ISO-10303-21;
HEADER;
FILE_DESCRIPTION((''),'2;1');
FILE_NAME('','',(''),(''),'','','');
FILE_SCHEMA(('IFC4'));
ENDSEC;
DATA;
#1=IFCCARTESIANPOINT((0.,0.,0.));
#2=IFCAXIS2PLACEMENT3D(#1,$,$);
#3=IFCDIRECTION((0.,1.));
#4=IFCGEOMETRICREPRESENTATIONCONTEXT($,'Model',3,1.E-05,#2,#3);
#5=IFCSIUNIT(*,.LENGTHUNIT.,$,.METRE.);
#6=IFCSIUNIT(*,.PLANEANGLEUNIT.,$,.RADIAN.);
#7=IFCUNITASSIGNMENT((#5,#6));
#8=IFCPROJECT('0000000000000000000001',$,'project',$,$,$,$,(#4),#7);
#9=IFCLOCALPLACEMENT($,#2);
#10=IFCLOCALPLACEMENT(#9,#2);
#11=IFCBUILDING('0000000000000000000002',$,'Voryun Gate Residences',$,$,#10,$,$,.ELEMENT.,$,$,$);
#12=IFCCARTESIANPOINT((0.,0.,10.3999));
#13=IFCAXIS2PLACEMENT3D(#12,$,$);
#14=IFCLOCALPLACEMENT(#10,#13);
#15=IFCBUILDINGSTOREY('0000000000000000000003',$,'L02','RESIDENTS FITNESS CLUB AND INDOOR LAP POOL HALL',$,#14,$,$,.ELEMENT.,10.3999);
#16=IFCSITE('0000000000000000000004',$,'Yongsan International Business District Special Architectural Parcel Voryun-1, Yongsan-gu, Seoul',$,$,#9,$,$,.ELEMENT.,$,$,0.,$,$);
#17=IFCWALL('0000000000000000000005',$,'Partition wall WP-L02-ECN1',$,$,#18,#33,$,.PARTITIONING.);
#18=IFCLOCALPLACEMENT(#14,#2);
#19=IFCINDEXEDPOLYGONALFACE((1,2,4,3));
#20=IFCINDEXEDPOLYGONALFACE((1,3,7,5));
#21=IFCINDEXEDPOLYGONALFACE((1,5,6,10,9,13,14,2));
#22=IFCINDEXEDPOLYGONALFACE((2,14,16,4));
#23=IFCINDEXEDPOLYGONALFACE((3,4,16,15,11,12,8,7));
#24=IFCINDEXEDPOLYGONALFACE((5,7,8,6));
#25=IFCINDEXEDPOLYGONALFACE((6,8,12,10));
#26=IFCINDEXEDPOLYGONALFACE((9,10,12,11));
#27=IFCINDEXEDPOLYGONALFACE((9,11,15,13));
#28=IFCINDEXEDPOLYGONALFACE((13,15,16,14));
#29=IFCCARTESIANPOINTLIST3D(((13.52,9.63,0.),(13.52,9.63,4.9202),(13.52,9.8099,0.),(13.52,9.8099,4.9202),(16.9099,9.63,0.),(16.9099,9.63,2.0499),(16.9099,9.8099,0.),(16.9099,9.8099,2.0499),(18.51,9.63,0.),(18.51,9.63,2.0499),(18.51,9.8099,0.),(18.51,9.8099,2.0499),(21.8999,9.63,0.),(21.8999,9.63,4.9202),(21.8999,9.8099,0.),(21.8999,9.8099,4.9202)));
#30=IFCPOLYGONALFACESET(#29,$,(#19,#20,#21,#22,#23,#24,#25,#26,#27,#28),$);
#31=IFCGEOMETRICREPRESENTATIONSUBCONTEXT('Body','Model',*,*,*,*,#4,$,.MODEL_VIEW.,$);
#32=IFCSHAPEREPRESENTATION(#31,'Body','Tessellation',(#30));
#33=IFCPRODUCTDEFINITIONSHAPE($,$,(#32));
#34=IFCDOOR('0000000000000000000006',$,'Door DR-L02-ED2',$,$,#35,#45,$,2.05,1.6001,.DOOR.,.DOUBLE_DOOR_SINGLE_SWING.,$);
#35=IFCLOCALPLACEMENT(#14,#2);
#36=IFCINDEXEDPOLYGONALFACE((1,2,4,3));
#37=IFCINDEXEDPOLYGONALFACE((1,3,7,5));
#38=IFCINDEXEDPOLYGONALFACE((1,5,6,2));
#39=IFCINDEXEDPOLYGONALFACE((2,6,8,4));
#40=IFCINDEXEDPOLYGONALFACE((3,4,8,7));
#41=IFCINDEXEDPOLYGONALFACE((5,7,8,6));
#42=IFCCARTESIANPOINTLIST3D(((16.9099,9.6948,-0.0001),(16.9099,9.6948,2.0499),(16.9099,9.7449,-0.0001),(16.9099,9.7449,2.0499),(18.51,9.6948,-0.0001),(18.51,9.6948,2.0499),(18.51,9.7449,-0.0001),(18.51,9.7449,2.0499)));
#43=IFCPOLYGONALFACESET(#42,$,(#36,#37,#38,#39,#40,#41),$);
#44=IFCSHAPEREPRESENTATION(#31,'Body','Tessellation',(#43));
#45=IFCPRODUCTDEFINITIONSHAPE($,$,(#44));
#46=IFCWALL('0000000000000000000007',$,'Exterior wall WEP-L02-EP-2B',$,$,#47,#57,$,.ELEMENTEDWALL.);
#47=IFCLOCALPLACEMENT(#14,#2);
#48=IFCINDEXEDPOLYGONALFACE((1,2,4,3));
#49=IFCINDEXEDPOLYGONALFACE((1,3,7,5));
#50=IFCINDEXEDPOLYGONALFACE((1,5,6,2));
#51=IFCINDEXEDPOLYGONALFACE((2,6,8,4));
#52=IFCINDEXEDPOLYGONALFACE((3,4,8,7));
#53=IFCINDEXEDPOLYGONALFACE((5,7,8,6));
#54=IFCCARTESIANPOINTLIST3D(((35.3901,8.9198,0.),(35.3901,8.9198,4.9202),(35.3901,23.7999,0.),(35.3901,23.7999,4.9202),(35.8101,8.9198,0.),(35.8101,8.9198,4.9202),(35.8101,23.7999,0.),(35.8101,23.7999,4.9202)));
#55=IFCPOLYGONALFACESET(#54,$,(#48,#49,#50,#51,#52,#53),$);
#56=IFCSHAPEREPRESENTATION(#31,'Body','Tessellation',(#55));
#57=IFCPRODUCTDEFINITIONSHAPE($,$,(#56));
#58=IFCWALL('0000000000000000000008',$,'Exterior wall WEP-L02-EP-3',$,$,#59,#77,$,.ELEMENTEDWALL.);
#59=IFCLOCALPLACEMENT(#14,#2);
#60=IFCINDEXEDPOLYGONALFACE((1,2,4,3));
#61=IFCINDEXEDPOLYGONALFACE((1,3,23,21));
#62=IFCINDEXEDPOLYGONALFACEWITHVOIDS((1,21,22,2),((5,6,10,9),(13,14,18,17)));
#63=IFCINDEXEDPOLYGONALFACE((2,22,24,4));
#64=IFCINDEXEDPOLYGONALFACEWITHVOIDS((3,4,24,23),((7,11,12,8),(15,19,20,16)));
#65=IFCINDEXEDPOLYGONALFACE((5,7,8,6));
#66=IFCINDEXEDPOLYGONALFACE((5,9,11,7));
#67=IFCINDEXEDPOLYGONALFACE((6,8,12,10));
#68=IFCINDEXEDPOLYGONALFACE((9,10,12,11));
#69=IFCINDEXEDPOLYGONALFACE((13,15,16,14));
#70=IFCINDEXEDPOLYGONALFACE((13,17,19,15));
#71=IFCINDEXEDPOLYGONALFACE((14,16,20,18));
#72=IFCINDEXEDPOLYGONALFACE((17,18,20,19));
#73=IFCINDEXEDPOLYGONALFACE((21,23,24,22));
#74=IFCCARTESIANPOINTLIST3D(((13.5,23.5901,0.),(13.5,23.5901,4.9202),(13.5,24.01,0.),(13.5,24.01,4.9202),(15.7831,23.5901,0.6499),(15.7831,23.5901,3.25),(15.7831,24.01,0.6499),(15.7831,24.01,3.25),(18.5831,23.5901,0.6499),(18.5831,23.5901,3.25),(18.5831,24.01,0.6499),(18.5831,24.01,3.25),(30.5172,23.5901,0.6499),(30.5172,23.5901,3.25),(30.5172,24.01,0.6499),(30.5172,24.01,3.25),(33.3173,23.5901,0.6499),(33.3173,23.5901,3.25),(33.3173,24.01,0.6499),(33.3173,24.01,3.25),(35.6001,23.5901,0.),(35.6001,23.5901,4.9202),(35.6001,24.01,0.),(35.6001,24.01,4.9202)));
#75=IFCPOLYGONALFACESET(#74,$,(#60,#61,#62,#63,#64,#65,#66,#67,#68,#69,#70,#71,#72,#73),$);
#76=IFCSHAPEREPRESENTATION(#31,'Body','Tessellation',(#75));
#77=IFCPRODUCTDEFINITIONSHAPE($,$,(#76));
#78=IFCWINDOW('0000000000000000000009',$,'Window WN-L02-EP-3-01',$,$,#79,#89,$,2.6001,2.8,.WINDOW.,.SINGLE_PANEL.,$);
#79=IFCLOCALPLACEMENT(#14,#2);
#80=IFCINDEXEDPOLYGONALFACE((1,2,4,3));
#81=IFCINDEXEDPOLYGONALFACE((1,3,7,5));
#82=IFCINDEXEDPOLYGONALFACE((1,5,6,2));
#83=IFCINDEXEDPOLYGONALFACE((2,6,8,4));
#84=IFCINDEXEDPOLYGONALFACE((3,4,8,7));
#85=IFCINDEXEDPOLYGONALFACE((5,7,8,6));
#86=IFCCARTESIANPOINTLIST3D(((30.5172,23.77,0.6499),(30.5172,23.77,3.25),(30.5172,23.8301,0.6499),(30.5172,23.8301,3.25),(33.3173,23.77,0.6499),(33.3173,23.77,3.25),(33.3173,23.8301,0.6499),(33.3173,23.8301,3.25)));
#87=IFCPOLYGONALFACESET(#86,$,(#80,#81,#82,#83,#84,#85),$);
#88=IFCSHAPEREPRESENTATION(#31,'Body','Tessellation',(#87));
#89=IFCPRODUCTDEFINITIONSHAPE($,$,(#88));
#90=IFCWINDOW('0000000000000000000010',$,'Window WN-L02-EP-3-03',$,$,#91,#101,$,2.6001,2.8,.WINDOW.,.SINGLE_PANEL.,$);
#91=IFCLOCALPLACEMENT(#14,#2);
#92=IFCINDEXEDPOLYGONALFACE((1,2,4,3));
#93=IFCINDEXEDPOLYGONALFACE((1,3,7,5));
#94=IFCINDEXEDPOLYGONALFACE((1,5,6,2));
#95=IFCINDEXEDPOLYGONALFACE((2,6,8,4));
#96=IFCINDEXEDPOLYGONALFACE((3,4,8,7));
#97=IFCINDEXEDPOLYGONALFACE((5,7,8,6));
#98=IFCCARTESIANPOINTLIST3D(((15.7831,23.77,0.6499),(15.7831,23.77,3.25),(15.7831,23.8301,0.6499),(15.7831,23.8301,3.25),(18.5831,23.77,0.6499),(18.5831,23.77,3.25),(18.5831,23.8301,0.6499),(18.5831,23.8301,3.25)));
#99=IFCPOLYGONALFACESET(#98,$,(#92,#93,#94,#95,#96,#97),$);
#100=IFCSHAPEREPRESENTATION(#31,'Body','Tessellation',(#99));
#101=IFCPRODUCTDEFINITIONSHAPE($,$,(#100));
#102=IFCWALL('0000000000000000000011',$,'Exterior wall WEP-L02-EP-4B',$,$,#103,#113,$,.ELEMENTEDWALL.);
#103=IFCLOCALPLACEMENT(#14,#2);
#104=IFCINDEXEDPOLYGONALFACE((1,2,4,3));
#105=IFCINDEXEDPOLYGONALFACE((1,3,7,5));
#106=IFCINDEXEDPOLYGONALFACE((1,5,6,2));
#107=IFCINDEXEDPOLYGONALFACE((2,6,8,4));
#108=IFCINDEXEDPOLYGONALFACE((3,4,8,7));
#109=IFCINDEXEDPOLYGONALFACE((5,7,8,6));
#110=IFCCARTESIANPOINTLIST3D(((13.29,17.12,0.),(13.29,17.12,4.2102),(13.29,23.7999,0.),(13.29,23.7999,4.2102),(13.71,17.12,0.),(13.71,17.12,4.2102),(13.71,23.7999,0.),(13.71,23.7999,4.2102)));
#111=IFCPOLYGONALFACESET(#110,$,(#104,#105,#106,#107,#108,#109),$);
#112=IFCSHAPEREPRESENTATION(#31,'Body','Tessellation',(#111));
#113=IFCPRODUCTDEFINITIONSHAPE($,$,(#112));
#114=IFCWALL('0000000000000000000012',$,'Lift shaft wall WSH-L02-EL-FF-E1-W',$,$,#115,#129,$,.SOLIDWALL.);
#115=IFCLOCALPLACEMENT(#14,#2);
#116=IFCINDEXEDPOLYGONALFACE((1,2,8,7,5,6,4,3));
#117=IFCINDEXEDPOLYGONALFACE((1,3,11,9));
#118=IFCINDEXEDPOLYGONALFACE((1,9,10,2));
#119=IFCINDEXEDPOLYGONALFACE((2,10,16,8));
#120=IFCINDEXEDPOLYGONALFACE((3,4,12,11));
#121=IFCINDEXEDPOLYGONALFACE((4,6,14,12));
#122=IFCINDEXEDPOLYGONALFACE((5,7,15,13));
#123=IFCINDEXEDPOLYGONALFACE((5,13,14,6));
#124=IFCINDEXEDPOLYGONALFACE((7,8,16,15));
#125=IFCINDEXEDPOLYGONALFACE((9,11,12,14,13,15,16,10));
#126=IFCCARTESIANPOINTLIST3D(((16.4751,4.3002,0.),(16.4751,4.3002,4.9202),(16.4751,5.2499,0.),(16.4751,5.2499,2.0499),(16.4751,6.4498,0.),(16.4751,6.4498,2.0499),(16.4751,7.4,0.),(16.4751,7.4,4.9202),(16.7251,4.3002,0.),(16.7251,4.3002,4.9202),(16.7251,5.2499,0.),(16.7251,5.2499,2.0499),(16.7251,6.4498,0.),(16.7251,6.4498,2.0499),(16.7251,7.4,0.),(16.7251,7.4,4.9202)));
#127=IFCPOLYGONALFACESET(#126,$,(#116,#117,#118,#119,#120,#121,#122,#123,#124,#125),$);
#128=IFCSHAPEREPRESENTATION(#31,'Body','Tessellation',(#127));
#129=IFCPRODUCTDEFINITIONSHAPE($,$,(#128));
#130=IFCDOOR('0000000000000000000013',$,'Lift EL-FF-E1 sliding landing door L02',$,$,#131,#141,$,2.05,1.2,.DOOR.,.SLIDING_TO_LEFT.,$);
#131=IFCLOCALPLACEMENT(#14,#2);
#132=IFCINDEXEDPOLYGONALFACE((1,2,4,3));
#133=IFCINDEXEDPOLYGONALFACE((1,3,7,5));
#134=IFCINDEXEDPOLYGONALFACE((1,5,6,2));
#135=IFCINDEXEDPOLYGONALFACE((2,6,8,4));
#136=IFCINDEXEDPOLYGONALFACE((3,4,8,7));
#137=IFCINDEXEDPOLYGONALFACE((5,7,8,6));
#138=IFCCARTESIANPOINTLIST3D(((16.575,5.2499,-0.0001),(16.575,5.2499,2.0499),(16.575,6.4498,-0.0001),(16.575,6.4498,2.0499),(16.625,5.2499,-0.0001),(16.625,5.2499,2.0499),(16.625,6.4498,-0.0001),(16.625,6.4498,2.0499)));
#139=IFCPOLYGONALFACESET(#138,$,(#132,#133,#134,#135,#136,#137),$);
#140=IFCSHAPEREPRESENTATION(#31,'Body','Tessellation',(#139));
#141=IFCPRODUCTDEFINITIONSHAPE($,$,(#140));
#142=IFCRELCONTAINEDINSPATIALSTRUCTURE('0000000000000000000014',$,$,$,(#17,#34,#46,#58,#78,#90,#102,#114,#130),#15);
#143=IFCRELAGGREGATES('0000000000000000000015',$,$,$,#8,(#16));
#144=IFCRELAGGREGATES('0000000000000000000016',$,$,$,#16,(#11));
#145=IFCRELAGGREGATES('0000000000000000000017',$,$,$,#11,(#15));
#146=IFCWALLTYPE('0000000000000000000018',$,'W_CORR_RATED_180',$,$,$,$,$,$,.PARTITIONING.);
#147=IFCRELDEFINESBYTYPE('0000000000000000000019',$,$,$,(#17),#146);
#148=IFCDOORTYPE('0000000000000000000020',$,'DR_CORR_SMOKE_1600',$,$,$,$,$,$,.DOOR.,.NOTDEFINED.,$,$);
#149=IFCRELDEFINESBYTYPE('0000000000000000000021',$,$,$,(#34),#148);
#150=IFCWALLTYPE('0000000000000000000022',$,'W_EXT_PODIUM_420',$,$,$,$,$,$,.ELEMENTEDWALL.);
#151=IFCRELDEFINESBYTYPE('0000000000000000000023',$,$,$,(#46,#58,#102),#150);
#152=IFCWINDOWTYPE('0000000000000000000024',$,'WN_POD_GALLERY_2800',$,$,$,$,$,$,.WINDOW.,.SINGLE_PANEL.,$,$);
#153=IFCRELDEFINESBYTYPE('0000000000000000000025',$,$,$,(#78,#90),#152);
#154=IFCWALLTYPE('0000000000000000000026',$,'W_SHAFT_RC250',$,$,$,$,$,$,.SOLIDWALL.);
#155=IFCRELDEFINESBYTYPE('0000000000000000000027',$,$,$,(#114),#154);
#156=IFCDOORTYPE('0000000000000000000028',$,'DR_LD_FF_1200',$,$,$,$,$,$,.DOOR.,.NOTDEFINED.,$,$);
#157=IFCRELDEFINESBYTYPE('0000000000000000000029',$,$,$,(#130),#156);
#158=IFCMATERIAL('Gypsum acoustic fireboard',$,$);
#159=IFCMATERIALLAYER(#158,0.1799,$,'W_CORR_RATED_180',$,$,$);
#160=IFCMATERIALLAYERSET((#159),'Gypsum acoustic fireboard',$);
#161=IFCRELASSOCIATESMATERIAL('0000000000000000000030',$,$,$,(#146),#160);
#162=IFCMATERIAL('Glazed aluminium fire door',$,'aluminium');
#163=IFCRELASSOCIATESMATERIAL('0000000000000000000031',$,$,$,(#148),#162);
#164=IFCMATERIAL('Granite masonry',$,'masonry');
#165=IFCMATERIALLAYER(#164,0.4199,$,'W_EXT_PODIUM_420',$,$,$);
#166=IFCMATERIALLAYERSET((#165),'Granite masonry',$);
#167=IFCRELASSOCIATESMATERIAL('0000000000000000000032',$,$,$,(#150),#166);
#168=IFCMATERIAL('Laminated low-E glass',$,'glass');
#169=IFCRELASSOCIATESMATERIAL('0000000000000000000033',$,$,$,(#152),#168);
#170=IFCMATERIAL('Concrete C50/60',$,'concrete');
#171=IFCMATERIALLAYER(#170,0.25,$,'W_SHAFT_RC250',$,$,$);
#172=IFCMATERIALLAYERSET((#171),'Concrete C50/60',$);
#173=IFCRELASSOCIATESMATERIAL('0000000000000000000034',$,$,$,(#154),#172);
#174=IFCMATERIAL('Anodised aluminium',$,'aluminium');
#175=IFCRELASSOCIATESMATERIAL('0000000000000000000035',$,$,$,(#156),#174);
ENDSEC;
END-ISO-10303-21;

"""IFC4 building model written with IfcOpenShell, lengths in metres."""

from ifc_helpers import new_model, si_unit, direction, frame, frame_2d, origin, place, context, subcontext, project, spatial, rectangle, extrude, material, layer, layer_set, type_object, element, fill, save


model = new_model("IFC4")

# Units and contexts
model_context = context("Model", 3, precision=1e-05, world=origin(), true_north=direction((0.0, 1.0)))
body_context = subcontext(model_context, "Body", "Model", "MODEL_VIEW")
ifc_project = project(units=[si_unit("LENGTHUNIT", "METRE"), si_unit("PLANEANGLEUNIT", "RADIAN")], contexts=[model_context])

# Site, building, storey
site_placement = place(None, origin())
site = spatial("IfcSite", under=ifc_project, at=site_placement, Name="Yongsan International Business District Special Architectural Parcel Voryun-1, Yongsan-gu, Seoul", CompositionType="ELEMENT", RefElevation=0.0)
building_placement = place(site_placement, origin())
building = spatial("IfcBuilding", under=site, at=building_placement, Name="Voryun Gate Residences", CompositionType="ELEMENT")
storey_placement = place(building_placement, frame((0.0, 0.0, 10.3999)))
storey = spatial("IfcBuildingStorey", under=building, at=storey_placement, Name="L02", Description="RESIDENTS FITNESS CLUB AND INDOOR LAP POOL HALL", CompositionType="ELEMENT", Elevation=10.3999)

# Wall, opening, door
ifc_material_1 = material(Name="Gypsum acoustic fireboard")
ifc_layer_1 = layer(ifc_material_1, 0.1799, Name="W_CORR_RATED_180")
ifc_layer_set_1 = layer_set([ifc_layer_1], Name="Gypsum acoustic fireboard")
wall_type_1 = type_object("IfcWallType", Name="W_CORR_RATED_180", PredefinedType="PARTITIONING", material=ifc_layer_set_1)
wall_1_placement = place(storey_placement, frame((13.52, 9.72, 0.0), z_axis=(0.0, 0.0, 1.0), x_axis=(1.0, 0.0, 0.0)))
wall_1 = element("IfcWall", 1, at=wall_1_placement, inside=storey, type_object=wall_type_1, Name="Partition wall WP-L02-ECN1", PredefinedType="PARTITIONING", context=body_context, shape_type="SweptSolid", body=[
    extrude(rectangle(XDim=8.3799, YDim=0.1799, at=frame_2d((4.1899, 0.0))), origin(), (0.0, 0.0, 1.0), 4.9202),
])
opening_1_placement = place(wall_1_placement, frame((3.3899, 0.0, 0.0)))
opening_1 = element("IfcOpeningElement", 2, at=opening_1_placement, cuts=wall_1, PredefinedType="OPENING", context=body_context, shape_type="SweptSolid", body=[
    extrude(rectangle(XDim=1.6001, YDim=2.05, at=frame_2d((0.8, 1.0249))), frame((0.0, 0.0999, 0.0), z_axis=(0.0, -1.0, 0.0), x_axis=(1.0, 0.0, 0.0)), (0.0, 0.0, 1.0), 0.2),
])
ifc_material_2 = material(Name="Glazed aluminium fire door", Category="aluminium")
door_type_1 = type_object("IfcDoorType", Name="DR_CORR_SMOKE_1600", OperationType="NOTDEFINED", PredefinedType="DOOR", material=ifc_material_2)
door_1_placement = place(opening_1_placement, origin())
door_1 = element("IfcDoor", 3, at=door_1_placement, inside=storey, type_object=door_type_1, Name="Door DR-L02-ED2", OperationType="DOUBLE_DOOR_SINGLE_SWING", OverallHeight=2.05, OverallWidth=1.6001, PredefinedType="DOOR", context=body_context, shape_type="SweptSolid", body=[
    extrude(rectangle(XDim=1.6001, YDim=2.05, at=frame_2d((0.8, 1.0249))), frame((0.0, 0.0249, 0.0), z_axis=(0.0, -1.0, 0.0), x_axis=(1.0, 0.0, 0.0)), (0.0, 0.0, 1.0), 0.05),
])
fill(opening_1, door_1)

# Wall
ifc_material_3 = material(Name="Granite masonry", Category="masonry")
ifc_layer_2 = layer(ifc_material_3, 0.4199, Name="W_EXT_PODIUM_420")
ifc_layer_set_2 = layer_set([ifc_layer_2], Name="Granite masonry")
wall_type_2 = type_object("IfcWallType", Name="W_EXT_PODIUM_420", PredefinedType="ELEMENTEDWALL", material=ifc_layer_set_2)
wall_2_placement = place(storey_placement, frame((35.6001, 8.9199, 0.0), z_axis=(0.0, 0.0, 1.0), x_axis=(0.0, 1.0, 0.0)))
element("IfcWall", 4, at=wall_2_placement, inside=storey, type_object=wall_type_2, Name="Exterior wall WEP-L02-EP-2B", PredefinedType="ELEMENTEDWALL", context=body_context, shape_type="SweptSolid", body=[
    extrude(rectangle(XDim=14.8801, YDim=0.4199, at=frame_2d((7.4399, 0.0))), origin(), (0.0, 0.0, 1.0), 4.9202),
])

# Wall, openings, windows
wall_3_placement = place(storey_placement, frame((35.6001, 23.8, 0.0), z_axis=(0.0, 0.0, 1.0), x_axis=(-1.0, 0.0, 0.0)))
wall_3 = element("IfcWall", 5, at=wall_3_placement, inside=storey, type_object=wall_type_2, Name="Exterior wall WEP-L02-EP-3", PredefinedType="ELEMENTEDWALL", context=body_context, shape_type="SweptSolid", body=[
    extrude(rectangle(XDim=22.1001, YDim=0.4199, at=frame_2d((11.05, 0.0))), origin(), (0.0, 0.0, 1.0), 4.9202),
])
opening_2_placement = place(wall_3_placement, frame((2.283, 0.0, 0.6499)))
opening_2 = element("IfcOpeningElement", 6, at=opening_2_placement, cuts=wall_3, PredefinedType="OPENING", context=body_context, shape_type="SweptSolid", body=[
    extrude(rectangle(XDim=2.8, YDim=2.6001, at=frame_2d((1.3999, 1.3))), frame((0.0, 0.22, 0.0), z_axis=(0.0, -1.0, 0.0), x_axis=(1.0, 0.0, 0.0)), (0.0, 0.0, 1.0), 0.4399),
])
opening_3_placement = place(wall_3_placement, frame((17.0171, 0.0, 0.6499)))
opening_3 = element("IfcOpeningElement", 7, at=opening_3_placement, cuts=wall_3, PredefinedType="OPENING", context=body_context, shape_type="SweptSolid", body=[
    extrude(rectangle(XDim=2.8, YDim=2.6001, at=frame_2d((1.3999, 1.3))), frame((0.0, 0.22, 0.0), z_axis=(0.0, -1.0, 0.0), x_axis=(1.0, 0.0, 0.0)), (0.0, 0.0, 1.0), 0.4399),
])
ifc_material_4 = material(Name="Laminated low-E glass", Category="glass")
window_type = type_object("IfcWindowType", Name="WN_POD_GALLERY_2800", PartitioningType="SINGLE_PANEL", PredefinedType="WINDOW", material=ifc_material_4)
window_1_placement = place(opening_2_placement, origin())
window_1 = element("IfcWindow", 8, at=window_1_placement, inside=storey, type_object=window_type, Name="Window WN-L02-EP-3-01", OverallHeight=2.6001, OverallWidth=2.8, PartitioningType="SINGLE_PANEL", PredefinedType="WINDOW", context=body_context, shape_type="SweptSolid", body=[
    extrude(rectangle(XDim=2.8, YDim=2.6001, at=frame_2d((1.3999, 1.3))), frame((0.0, 0.03, 0.0), z_axis=(0.0, -1.0, 0.0), x_axis=(1.0, 0.0, 0.0)), (0.0, 0.0, 1.0), 0.0601),
])
fill(opening_2, window_1)
window_2_placement = place(opening_3_placement, origin())
window_2 = element("IfcWindow", 9, at=window_2_placement, inside=storey, type_object=window_type, Name="Window WN-L02-EP-3-03", OverallHeight=2.6001, OverallWidth=2.8, PartitioningType="SINGLE_PANEL", PredefinedType="WINDOW", context=body_context, shape_type="SweptSolid", body=[
    extrude(rectangle(XDim=2.8, YDim=2.6001, at=frame_2d((1.3999, 1.3))), frame((0.0, 0.03, 0.0), z_axis=(0.0, -1.0, 0.0), x_axis=(1.0, 0.0, 0.0)), (0.0, 0.0, 1.0), 0.0601),
])
fill(opening_3, window_2)

# Wall
wall_4_placement = place(storey_placement, frame((13.5, 17.1201, 0.0), z_axis=(0.0, 0.0, 1.0), x_axis=(0.0, 1.0, 0.0)))
element("IfcWall", 10, at=wall_4_placement, inside=storey, type_object=wall_type_2, Name="Exterior wall WEP-L02-EP-4B", PredefinedType="ELEMENTEDWALL", context=body_context, shape_type="SweptSolid", body=[
    extrude(rectangle(XDim=6.6799, YDim=0.4199, at=frame_2d((3.3398, 0.0))), origin(), (0.0, 0.0, 1.0), 4.2102),
])

# Wall, opening, door
ifc_material_5 = material(Name="Concrete C50/60", Category="concrete")
ifc_layer_3 = layer(ifc_material_5, 0.25, Name="W_SHAFT_RC250")
ifc_layer_set_3 = layer_set([ifc_layer_3], Name="Concrete C50/60")
wall_type_3 = type_object("IfcWallType", Name="W_SHAFT_RC250", PredefinedType="SOLIDWALL", material=ifc_layer_set_3)
wall_5_placement = place(storey_placement, frame((16.6001, 7.3999, 0.0), z_axis=(0.0, 0.0, 1.0), x_axis=(0.0, -1.0, 0.0)))
wall_5 = element("IfcWall", 11, at=wall_5_placement, inside=storey, type_object=wall_type_3, Name="Lift shaft wall WSH-L02-EL-FF-E1-W", PredefinedType="SOLIDWALL", context=body_context, shape_type="SweptSolid", body=[
    extrude(rectangle(XDim=3.0999, YDim=0.25, at=frame_2d((1.5498, 0.0))), origin(), (0.0, 0.0, 1.0), 4.9202),
])
opening_4_placement = place(wall_5_placement, frame((0.95, 0.0, 0.0)))
opening_4 = element("IfcOpeningElement", 12, at=opening_4_placement, cuts=wall_5, PredefinedType="OPENING", context=body_context, shape_type="SweptSolid", body=[
    extrude(rectangle(XDim=1.2, YDim=2.05, at=frame_2d((0.6001, 1.0249))), frame((0.0, 0.135, 0.0), z_axis=(0.0, -1.0, 0.0), x_axis=(1.0, 0.0, 0.0)), (0.0, 0.0, 1.0), 0.27),
])
ifc_material_6 = material(Name="Anodised aluminium", Category="aluminium")
door_type_2 = type_object("IfcDoorType", Name="DR_LD_FF_1200", OperationType="NOTDEFINED", PredefinedType="DOOR", material=ifc_material_6)
door_2_placement = place(opening_4_placement, origin())
door_2 = element("IfcDoor", 13, at=door_2_placement, inside=storey, type_object=door_type_2, Name="Lift EL-FF-E1 sliding landing door L02", OperationType="SLIDING_TO_LEFT", OverallHeight=2.05, OverallWidth=1.2, PredefinedType="DOOR", context=body_context, shape_type="SweptSolid", body=[
    extrude(rectangle(XDim=1.2, YDim=2.05, at=frame_2d((0.6001, 1.0249))), frame((0.0, 0.0249, 0.0), z_axis=(0.0, -1.0, 0.0), x_axis=(1.0, 0.0, 0.0)), (0.0, 0.0, 1.0), 0.05),
])
fill(opening_4, door_2)

save(model, "model.ifc")
